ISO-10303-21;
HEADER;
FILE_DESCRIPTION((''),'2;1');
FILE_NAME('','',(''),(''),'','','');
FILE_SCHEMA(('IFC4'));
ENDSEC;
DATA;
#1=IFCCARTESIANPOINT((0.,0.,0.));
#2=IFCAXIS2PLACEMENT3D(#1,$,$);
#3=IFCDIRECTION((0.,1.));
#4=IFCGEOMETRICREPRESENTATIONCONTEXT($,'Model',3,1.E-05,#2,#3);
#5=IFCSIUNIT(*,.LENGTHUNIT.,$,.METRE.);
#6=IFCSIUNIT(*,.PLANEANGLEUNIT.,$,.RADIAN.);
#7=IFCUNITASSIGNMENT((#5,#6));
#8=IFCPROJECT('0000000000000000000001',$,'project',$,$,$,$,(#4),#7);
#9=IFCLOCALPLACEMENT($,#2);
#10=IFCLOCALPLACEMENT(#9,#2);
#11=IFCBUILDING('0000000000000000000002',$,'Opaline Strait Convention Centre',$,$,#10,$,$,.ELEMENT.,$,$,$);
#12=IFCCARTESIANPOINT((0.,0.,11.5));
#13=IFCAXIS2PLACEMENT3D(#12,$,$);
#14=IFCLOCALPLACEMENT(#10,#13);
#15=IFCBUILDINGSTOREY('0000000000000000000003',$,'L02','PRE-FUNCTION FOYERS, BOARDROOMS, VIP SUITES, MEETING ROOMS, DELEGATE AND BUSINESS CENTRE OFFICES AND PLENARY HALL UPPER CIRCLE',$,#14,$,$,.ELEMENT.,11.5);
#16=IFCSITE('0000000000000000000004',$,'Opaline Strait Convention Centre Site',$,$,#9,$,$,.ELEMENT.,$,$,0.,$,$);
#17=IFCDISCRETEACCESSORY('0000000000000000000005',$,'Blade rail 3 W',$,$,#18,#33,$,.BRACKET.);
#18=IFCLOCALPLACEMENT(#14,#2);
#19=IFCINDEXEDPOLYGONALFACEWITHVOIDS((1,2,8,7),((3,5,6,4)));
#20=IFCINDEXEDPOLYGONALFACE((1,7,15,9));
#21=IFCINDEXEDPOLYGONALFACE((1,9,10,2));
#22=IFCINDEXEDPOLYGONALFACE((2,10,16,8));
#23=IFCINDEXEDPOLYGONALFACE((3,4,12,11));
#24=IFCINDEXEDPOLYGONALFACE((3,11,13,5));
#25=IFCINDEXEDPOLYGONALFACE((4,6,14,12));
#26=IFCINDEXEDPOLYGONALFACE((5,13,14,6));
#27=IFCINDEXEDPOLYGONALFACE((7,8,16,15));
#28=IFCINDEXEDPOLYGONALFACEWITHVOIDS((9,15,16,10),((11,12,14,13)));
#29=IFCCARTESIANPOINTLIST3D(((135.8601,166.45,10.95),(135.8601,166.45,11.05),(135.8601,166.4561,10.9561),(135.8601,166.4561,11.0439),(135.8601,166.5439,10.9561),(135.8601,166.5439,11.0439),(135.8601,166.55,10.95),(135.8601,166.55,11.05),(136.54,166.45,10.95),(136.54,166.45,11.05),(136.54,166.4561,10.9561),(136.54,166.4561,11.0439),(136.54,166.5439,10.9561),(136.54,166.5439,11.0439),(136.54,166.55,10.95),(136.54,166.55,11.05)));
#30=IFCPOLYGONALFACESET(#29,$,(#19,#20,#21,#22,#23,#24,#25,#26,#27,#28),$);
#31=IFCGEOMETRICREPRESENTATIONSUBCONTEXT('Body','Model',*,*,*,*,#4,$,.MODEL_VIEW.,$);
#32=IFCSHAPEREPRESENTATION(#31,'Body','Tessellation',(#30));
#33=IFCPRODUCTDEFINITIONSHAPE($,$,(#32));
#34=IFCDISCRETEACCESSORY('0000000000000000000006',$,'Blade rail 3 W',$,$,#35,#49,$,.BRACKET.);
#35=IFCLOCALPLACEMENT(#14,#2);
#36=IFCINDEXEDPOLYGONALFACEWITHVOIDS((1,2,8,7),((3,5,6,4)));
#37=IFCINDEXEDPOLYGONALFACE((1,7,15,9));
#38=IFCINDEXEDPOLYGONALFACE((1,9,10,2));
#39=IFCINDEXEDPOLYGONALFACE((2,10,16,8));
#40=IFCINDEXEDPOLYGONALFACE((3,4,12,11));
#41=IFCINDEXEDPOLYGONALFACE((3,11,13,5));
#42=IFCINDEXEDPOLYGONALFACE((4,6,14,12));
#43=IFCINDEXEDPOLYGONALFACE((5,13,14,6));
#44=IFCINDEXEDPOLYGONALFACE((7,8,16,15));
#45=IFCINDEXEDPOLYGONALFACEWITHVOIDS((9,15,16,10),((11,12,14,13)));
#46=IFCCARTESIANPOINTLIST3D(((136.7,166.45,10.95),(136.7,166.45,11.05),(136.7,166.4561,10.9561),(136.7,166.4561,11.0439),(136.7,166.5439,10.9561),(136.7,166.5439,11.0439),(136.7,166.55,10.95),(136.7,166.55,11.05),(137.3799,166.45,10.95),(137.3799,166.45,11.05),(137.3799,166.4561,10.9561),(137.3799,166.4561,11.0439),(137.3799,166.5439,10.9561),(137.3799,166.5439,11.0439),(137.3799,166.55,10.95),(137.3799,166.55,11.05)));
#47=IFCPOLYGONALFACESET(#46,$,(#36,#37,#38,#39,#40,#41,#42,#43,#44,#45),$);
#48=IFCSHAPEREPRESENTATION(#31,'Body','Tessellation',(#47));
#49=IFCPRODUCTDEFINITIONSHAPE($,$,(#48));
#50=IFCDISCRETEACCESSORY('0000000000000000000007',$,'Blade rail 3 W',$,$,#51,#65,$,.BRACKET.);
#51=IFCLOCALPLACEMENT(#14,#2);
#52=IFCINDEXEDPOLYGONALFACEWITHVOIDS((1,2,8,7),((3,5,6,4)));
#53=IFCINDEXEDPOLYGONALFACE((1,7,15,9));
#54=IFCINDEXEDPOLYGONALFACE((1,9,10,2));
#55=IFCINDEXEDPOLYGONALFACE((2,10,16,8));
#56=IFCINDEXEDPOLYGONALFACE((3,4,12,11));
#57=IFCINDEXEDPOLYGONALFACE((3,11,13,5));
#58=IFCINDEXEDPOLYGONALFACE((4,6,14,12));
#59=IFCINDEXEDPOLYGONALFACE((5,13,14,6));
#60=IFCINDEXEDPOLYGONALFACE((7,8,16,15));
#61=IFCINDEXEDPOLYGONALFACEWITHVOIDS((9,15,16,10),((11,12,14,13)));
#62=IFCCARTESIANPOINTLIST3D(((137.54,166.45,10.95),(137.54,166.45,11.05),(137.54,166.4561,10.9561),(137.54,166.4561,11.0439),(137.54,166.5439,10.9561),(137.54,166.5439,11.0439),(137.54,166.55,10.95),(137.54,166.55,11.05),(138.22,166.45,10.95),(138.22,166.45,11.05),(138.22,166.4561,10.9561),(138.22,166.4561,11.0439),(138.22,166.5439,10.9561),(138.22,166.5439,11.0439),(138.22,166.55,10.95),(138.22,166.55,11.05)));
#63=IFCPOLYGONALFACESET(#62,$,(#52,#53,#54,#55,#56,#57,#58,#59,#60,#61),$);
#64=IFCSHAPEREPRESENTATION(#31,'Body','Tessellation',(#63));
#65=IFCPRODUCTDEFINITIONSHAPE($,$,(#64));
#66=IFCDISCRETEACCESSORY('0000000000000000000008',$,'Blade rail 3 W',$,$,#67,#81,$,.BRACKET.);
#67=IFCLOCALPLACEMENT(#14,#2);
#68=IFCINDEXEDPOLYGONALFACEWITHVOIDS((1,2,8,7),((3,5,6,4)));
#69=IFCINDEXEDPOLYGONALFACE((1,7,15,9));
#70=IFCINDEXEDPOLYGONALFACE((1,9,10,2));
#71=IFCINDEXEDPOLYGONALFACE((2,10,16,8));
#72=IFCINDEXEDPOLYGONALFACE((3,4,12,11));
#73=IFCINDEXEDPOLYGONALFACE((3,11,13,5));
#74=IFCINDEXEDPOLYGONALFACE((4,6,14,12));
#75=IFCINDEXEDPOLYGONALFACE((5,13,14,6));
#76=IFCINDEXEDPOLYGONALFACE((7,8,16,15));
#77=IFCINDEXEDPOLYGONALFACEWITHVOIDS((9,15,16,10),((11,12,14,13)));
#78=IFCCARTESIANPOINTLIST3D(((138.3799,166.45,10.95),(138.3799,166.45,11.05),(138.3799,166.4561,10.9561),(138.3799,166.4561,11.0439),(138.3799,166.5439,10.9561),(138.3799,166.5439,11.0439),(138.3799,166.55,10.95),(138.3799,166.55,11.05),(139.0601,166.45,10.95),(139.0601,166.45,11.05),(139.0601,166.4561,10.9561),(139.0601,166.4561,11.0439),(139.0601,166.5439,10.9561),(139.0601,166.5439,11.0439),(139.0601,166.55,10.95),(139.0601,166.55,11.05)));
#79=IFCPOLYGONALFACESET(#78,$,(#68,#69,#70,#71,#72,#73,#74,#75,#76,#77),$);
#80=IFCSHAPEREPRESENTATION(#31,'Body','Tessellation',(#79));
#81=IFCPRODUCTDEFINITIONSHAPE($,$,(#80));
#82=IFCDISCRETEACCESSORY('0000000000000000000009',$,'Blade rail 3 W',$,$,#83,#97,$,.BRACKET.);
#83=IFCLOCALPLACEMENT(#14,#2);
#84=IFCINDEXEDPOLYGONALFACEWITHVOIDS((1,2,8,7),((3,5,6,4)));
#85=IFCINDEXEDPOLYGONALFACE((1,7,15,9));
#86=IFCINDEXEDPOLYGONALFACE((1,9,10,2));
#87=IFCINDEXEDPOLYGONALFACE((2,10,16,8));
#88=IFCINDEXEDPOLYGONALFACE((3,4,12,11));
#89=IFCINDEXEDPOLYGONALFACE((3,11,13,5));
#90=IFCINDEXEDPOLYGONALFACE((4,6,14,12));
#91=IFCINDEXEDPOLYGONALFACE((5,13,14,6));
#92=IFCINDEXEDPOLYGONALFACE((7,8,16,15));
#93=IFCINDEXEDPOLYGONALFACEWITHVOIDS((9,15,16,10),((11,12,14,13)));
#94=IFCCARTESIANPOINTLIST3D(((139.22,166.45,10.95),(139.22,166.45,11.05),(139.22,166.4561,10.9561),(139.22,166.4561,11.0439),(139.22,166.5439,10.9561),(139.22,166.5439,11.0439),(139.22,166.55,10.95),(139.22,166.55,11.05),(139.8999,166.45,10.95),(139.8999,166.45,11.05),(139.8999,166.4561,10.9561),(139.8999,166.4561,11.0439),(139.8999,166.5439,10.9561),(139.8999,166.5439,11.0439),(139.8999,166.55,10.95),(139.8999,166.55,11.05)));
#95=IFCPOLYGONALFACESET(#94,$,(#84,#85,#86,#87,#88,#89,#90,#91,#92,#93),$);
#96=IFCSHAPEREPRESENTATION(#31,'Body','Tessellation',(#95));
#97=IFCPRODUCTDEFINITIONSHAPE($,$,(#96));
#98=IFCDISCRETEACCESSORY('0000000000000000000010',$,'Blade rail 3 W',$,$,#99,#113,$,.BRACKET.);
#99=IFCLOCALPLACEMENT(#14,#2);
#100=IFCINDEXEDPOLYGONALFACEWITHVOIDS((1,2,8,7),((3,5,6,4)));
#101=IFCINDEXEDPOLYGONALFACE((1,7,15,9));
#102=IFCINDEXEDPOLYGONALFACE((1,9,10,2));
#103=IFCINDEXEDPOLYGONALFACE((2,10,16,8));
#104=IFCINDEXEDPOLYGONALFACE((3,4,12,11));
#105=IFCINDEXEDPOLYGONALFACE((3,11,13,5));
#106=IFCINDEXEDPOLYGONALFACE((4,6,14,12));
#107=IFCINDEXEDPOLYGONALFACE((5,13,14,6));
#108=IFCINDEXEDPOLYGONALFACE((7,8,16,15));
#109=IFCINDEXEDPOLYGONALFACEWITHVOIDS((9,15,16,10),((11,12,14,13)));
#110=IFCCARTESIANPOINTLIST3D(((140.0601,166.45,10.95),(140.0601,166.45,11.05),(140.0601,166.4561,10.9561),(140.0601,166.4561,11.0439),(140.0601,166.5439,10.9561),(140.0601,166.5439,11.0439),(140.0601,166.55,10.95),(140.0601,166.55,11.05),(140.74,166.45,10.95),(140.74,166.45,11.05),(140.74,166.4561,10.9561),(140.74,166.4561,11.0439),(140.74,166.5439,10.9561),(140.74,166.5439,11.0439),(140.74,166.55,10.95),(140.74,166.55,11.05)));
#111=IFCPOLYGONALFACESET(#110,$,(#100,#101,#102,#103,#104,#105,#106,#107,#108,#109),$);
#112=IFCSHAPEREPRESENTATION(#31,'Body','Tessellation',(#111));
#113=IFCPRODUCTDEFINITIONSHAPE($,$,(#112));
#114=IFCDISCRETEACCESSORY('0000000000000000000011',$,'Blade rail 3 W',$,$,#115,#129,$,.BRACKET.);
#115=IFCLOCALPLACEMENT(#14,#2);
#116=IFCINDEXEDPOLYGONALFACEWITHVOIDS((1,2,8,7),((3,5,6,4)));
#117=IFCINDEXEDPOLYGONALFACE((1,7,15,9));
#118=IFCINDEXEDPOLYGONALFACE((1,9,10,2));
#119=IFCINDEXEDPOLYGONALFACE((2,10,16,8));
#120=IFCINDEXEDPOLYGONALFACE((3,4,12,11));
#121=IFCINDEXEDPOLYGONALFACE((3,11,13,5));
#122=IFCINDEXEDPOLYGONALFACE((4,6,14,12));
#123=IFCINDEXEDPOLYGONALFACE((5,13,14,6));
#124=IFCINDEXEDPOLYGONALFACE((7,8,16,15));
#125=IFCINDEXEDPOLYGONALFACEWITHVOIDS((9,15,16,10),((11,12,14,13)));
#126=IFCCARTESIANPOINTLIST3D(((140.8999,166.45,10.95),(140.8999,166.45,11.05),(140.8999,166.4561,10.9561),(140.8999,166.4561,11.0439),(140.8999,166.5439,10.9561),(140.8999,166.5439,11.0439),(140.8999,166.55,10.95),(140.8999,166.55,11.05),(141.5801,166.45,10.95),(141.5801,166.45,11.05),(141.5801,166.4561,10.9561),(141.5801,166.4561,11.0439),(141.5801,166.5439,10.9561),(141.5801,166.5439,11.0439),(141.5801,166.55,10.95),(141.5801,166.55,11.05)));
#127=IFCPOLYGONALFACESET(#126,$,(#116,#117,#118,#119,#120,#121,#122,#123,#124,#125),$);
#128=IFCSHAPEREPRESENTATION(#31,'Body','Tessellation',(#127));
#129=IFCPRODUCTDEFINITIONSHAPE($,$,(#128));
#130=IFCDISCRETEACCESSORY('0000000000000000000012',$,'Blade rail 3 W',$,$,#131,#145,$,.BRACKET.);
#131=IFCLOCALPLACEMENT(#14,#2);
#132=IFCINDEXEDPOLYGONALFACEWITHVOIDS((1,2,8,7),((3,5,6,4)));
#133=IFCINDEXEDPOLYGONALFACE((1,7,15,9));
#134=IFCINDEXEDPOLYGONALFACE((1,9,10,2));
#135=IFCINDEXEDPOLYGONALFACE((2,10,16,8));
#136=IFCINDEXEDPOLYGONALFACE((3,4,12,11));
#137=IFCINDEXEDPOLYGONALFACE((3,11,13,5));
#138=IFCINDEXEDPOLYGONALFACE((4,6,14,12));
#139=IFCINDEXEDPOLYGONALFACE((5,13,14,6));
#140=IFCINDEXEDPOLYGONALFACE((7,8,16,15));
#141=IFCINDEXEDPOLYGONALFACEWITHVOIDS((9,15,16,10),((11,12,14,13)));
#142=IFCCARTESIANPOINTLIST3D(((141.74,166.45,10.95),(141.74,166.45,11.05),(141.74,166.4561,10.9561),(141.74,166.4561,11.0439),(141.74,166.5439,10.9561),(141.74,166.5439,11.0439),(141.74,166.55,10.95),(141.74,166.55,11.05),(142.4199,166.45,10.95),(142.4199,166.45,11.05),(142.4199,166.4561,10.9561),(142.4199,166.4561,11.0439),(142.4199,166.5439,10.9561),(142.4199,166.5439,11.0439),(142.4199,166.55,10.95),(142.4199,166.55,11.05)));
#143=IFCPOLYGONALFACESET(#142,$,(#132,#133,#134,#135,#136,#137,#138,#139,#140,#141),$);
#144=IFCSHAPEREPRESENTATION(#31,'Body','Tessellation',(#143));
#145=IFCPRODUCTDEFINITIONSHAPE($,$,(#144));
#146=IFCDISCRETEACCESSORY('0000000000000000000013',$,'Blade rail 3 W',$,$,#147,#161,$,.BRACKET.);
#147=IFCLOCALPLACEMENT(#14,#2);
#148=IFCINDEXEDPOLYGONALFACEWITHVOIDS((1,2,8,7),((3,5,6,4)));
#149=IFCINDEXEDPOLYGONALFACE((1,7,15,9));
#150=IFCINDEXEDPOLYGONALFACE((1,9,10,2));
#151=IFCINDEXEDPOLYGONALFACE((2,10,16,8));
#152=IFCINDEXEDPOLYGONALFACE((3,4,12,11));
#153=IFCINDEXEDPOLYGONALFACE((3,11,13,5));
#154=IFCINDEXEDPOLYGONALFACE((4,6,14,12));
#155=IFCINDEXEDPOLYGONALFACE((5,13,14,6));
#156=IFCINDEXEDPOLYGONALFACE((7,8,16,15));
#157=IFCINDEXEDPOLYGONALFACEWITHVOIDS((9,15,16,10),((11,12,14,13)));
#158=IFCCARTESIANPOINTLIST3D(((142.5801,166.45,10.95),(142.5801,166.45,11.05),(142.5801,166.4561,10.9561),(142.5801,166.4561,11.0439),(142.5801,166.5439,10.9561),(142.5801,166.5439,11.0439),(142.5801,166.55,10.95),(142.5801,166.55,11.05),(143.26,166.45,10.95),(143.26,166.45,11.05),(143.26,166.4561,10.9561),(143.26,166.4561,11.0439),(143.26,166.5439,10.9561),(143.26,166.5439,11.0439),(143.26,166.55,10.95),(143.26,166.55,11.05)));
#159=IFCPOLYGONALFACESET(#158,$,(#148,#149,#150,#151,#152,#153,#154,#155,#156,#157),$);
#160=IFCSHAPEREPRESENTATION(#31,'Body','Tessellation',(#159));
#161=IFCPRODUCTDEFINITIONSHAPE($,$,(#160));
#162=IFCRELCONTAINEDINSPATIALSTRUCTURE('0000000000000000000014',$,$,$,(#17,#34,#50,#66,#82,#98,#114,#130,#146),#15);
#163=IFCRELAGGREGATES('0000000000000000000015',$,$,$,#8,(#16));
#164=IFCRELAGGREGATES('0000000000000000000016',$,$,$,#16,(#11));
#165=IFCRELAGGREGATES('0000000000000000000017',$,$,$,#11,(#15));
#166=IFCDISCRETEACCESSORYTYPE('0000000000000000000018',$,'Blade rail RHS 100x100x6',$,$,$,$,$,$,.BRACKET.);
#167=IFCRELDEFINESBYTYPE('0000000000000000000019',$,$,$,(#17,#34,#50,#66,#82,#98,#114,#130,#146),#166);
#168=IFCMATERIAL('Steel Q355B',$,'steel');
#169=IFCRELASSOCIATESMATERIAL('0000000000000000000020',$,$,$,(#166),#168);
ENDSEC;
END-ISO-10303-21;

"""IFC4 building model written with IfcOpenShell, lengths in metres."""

from ifc_helpers import new_model, si_unit, direction, frame, origin, origin_2d, place, context, subcontext, project, spatial, hollow_rectangle, extrude, material, material_profile, profile_set, type_object, element, save


model = new_model("IFC4")

# Units and contexts
model_context = context("Model", 3, precision=1e-05, world=origin(), true_north=direction((0.0, 1.0)))
body_context = subcontext(model_context, "Body", "Model", "MODEL_VIEW")
ifc_project = project(units=[si_unit("LENGTHUNIT", "METRE"), si_unit("PLANEANGLEUNIT", "RADIAN")], contexts=[model_context])

# Site, building, storey
site_placement = place(None, origin())
site = spatial("IfcSite", under=ifc_project, at=site_placement, Name="Opaline Strait Convention Centre Site", CompositionType="ELEMENT", RefElevation=0.0)
building_placement = place(site_placement, origin())
building = spatial("IfcBuilding", under=site, at=building_placement, Name="Opaline Strait Convention Centre", CompositionType="ELEMENT")
storey_placement = place(building_placement, frame((0.0, 0.0, 11.5)))
storey = spatial("IfcBuildingStorey", under=building, at=storey_placement, Name="L02", Description="PRE-FUNCTION FOYERS, BOARDROOMS, VIP SUITES, MEETING ROOMS, DELEGATE AND BUSINESS CENTRE OFFICES AND PLENARY HALL UPPER CIRCLE", CompositionType="ELEMENT", Elevation=11.5)

# Shared definitions
ifc_material = material(Name="Steel Q355B", Category="steel")

# Discrete accessories
ifc_material_profile_1 = material_profile(ifc_material, hollow_rectangle(XDim=0.1001, YDim=0.1001, WallThickness=0.0061, at=origin_2d()), Name="RHS 100x100x6")
ifc_profile_set_1 = profile_set([ifc_material_profile_1], Name="Steel Q355B")
discrete_accessory_type_1 = type_object("IfcDiscreteAccessoryType", Name="Blade rail RHS 100x100x6", PredefinedType="BRACKET", material=ifc_profile_set_1)
for number, where, z_axis, x_axis, name in (
    (1, (135.8601, 166.5, 11.0), (1.0, 0.0, 0.0), (0.0, 1.0, 0.0), "Blade rail 3 W"),
    (2, (136.7, 166.5, 11.0), (1.0, 0.0, 0.0), (0.0, 1.0, 0.0), "Blade rail 3 W"),
    (3, (137.54, 166.5, 11.0), (1.0, 0.0, 0.0), (0.0, 1.0, 0.0), "Blade rail 3 W"),
):
    element("IfcDiscreteAccessory", number, at=place(storey_placement, frame(where, z_axis=z_axis, x_axis=x_axis)), inside=storey, type_object=discrete_accessory_type_1, Name=name, PredefinedType="BRACKET", context=body_context, shape_type="SweptSolid", body=[
        extrude(hollow_rectangle(XDim=0.1001, YDim=0.1001, WallThickness=0.0061, at=origin_2d()), origin(), (0.0, 0.0, 1.0), 0.6799),
    ])
discrete_accessory_1_placement = place(storey_placement, frame((138.3799, 166.5, 11.0), z_axis=(1.0, 0.0, 0.0), x_axis=(0.0, 1.0, 0.0)))
element("IfcDiscreteAccessory", 4, at=discrete_accessory_1_placement, inside=storey, type_object=discrete_accessory_type_1, Name="Blade rail 3 W", PredefinedType="BRACKET", context=body_context, shape_type="SweptSolid", body=[
    extrude(hollow_rectangle(XDim=0.1001, YDim=0.1001, WallThickness=0.0061, at=origin_2d()), origin(), (0.0, 0.0, 1.0), 0.6802),
])
for number, where, z_axis, x_axis, name in (
    (5, (139.22, 166.5, 11.0), (1.0, 0.0, 0.0), (0.0, 1.0, 0.0), "Blade rail 3 W"),
    (6, (140.0601, 166.5, 11.0), (1.0, 0.0, 0.0), (0.0, 1.0, 0.0), "Blade rail 3 W"),
):
    element("IfcDiscreteAccessory", number, at=place(storey_placement, frame(where, z_axis=z_axis, x_axis=x_axis)), inside=storey, type_object=discrete_accessory_type_1, Name=name, PredefinedType="BRACKET", context=body_context, shape_type="SweptSolid", body=[
        extrude(hollow_rectangle(XDim=0.1001, YDim=0.1001, WallThickness=0.0061, at=origin_2d()), origin(), (0.0, 0.0, 1.0), 0.6799),
    ])
discrete_accessory_2_placement = place(storey_placement, frame((140.8999, 166.5, 11.0), z_axis=(1.0, 0.0, 0.0), x_axis=(0.0, 1.0, 0.0)))
element("IfcDiscreteAccessory", 7, at=discrete_accessory_2_placement, inside=storey, type_object=discrete_accessory_type_1, Name="Blade rail 3 W", PredefinedType="BRACKET", context=body_context, shape_type="SweptSolid", body=[
    extrude(hollow_rectangle(XDim=0.1001, YDim=0.1001, WallThickness=0.0061, at=origin_2d()), origin(), (0.0, 0.0, 1.0), 0.6802),
])
for number, where, z_axis, x_axis, name in (
    (8, (141.74, 166.5, 11.0), (1.0, 0.0, 0.0), (0.0, 1.0, 0.0), "Blade rail 3 W"),
    (9, (142.5801, 166.5, 11.0), (1.0, 0.0, 0.0), (0.0, 1.0, 0.0), "Blade rail 3 W"),
):
    element("IfcDiscreteAccessory", number, at=place(storey_placement, frame(where, z_axis=z_axis, x_axis=x_axis)), inside=storey, type_object=discrete_accessory_type_1, Name=name, PredefinedType="BRACKET", context=body_context, shape_type="SweptSolid", body=[
        extrude(hollow_rectangle(XDim=0.1001, YDim=0.1001, WallThickness=0.0061, at=origin_2d()), origin(), (0.0, 0.0, 1.0), 0.6799),
    ])

save(model, "model.ifc")
